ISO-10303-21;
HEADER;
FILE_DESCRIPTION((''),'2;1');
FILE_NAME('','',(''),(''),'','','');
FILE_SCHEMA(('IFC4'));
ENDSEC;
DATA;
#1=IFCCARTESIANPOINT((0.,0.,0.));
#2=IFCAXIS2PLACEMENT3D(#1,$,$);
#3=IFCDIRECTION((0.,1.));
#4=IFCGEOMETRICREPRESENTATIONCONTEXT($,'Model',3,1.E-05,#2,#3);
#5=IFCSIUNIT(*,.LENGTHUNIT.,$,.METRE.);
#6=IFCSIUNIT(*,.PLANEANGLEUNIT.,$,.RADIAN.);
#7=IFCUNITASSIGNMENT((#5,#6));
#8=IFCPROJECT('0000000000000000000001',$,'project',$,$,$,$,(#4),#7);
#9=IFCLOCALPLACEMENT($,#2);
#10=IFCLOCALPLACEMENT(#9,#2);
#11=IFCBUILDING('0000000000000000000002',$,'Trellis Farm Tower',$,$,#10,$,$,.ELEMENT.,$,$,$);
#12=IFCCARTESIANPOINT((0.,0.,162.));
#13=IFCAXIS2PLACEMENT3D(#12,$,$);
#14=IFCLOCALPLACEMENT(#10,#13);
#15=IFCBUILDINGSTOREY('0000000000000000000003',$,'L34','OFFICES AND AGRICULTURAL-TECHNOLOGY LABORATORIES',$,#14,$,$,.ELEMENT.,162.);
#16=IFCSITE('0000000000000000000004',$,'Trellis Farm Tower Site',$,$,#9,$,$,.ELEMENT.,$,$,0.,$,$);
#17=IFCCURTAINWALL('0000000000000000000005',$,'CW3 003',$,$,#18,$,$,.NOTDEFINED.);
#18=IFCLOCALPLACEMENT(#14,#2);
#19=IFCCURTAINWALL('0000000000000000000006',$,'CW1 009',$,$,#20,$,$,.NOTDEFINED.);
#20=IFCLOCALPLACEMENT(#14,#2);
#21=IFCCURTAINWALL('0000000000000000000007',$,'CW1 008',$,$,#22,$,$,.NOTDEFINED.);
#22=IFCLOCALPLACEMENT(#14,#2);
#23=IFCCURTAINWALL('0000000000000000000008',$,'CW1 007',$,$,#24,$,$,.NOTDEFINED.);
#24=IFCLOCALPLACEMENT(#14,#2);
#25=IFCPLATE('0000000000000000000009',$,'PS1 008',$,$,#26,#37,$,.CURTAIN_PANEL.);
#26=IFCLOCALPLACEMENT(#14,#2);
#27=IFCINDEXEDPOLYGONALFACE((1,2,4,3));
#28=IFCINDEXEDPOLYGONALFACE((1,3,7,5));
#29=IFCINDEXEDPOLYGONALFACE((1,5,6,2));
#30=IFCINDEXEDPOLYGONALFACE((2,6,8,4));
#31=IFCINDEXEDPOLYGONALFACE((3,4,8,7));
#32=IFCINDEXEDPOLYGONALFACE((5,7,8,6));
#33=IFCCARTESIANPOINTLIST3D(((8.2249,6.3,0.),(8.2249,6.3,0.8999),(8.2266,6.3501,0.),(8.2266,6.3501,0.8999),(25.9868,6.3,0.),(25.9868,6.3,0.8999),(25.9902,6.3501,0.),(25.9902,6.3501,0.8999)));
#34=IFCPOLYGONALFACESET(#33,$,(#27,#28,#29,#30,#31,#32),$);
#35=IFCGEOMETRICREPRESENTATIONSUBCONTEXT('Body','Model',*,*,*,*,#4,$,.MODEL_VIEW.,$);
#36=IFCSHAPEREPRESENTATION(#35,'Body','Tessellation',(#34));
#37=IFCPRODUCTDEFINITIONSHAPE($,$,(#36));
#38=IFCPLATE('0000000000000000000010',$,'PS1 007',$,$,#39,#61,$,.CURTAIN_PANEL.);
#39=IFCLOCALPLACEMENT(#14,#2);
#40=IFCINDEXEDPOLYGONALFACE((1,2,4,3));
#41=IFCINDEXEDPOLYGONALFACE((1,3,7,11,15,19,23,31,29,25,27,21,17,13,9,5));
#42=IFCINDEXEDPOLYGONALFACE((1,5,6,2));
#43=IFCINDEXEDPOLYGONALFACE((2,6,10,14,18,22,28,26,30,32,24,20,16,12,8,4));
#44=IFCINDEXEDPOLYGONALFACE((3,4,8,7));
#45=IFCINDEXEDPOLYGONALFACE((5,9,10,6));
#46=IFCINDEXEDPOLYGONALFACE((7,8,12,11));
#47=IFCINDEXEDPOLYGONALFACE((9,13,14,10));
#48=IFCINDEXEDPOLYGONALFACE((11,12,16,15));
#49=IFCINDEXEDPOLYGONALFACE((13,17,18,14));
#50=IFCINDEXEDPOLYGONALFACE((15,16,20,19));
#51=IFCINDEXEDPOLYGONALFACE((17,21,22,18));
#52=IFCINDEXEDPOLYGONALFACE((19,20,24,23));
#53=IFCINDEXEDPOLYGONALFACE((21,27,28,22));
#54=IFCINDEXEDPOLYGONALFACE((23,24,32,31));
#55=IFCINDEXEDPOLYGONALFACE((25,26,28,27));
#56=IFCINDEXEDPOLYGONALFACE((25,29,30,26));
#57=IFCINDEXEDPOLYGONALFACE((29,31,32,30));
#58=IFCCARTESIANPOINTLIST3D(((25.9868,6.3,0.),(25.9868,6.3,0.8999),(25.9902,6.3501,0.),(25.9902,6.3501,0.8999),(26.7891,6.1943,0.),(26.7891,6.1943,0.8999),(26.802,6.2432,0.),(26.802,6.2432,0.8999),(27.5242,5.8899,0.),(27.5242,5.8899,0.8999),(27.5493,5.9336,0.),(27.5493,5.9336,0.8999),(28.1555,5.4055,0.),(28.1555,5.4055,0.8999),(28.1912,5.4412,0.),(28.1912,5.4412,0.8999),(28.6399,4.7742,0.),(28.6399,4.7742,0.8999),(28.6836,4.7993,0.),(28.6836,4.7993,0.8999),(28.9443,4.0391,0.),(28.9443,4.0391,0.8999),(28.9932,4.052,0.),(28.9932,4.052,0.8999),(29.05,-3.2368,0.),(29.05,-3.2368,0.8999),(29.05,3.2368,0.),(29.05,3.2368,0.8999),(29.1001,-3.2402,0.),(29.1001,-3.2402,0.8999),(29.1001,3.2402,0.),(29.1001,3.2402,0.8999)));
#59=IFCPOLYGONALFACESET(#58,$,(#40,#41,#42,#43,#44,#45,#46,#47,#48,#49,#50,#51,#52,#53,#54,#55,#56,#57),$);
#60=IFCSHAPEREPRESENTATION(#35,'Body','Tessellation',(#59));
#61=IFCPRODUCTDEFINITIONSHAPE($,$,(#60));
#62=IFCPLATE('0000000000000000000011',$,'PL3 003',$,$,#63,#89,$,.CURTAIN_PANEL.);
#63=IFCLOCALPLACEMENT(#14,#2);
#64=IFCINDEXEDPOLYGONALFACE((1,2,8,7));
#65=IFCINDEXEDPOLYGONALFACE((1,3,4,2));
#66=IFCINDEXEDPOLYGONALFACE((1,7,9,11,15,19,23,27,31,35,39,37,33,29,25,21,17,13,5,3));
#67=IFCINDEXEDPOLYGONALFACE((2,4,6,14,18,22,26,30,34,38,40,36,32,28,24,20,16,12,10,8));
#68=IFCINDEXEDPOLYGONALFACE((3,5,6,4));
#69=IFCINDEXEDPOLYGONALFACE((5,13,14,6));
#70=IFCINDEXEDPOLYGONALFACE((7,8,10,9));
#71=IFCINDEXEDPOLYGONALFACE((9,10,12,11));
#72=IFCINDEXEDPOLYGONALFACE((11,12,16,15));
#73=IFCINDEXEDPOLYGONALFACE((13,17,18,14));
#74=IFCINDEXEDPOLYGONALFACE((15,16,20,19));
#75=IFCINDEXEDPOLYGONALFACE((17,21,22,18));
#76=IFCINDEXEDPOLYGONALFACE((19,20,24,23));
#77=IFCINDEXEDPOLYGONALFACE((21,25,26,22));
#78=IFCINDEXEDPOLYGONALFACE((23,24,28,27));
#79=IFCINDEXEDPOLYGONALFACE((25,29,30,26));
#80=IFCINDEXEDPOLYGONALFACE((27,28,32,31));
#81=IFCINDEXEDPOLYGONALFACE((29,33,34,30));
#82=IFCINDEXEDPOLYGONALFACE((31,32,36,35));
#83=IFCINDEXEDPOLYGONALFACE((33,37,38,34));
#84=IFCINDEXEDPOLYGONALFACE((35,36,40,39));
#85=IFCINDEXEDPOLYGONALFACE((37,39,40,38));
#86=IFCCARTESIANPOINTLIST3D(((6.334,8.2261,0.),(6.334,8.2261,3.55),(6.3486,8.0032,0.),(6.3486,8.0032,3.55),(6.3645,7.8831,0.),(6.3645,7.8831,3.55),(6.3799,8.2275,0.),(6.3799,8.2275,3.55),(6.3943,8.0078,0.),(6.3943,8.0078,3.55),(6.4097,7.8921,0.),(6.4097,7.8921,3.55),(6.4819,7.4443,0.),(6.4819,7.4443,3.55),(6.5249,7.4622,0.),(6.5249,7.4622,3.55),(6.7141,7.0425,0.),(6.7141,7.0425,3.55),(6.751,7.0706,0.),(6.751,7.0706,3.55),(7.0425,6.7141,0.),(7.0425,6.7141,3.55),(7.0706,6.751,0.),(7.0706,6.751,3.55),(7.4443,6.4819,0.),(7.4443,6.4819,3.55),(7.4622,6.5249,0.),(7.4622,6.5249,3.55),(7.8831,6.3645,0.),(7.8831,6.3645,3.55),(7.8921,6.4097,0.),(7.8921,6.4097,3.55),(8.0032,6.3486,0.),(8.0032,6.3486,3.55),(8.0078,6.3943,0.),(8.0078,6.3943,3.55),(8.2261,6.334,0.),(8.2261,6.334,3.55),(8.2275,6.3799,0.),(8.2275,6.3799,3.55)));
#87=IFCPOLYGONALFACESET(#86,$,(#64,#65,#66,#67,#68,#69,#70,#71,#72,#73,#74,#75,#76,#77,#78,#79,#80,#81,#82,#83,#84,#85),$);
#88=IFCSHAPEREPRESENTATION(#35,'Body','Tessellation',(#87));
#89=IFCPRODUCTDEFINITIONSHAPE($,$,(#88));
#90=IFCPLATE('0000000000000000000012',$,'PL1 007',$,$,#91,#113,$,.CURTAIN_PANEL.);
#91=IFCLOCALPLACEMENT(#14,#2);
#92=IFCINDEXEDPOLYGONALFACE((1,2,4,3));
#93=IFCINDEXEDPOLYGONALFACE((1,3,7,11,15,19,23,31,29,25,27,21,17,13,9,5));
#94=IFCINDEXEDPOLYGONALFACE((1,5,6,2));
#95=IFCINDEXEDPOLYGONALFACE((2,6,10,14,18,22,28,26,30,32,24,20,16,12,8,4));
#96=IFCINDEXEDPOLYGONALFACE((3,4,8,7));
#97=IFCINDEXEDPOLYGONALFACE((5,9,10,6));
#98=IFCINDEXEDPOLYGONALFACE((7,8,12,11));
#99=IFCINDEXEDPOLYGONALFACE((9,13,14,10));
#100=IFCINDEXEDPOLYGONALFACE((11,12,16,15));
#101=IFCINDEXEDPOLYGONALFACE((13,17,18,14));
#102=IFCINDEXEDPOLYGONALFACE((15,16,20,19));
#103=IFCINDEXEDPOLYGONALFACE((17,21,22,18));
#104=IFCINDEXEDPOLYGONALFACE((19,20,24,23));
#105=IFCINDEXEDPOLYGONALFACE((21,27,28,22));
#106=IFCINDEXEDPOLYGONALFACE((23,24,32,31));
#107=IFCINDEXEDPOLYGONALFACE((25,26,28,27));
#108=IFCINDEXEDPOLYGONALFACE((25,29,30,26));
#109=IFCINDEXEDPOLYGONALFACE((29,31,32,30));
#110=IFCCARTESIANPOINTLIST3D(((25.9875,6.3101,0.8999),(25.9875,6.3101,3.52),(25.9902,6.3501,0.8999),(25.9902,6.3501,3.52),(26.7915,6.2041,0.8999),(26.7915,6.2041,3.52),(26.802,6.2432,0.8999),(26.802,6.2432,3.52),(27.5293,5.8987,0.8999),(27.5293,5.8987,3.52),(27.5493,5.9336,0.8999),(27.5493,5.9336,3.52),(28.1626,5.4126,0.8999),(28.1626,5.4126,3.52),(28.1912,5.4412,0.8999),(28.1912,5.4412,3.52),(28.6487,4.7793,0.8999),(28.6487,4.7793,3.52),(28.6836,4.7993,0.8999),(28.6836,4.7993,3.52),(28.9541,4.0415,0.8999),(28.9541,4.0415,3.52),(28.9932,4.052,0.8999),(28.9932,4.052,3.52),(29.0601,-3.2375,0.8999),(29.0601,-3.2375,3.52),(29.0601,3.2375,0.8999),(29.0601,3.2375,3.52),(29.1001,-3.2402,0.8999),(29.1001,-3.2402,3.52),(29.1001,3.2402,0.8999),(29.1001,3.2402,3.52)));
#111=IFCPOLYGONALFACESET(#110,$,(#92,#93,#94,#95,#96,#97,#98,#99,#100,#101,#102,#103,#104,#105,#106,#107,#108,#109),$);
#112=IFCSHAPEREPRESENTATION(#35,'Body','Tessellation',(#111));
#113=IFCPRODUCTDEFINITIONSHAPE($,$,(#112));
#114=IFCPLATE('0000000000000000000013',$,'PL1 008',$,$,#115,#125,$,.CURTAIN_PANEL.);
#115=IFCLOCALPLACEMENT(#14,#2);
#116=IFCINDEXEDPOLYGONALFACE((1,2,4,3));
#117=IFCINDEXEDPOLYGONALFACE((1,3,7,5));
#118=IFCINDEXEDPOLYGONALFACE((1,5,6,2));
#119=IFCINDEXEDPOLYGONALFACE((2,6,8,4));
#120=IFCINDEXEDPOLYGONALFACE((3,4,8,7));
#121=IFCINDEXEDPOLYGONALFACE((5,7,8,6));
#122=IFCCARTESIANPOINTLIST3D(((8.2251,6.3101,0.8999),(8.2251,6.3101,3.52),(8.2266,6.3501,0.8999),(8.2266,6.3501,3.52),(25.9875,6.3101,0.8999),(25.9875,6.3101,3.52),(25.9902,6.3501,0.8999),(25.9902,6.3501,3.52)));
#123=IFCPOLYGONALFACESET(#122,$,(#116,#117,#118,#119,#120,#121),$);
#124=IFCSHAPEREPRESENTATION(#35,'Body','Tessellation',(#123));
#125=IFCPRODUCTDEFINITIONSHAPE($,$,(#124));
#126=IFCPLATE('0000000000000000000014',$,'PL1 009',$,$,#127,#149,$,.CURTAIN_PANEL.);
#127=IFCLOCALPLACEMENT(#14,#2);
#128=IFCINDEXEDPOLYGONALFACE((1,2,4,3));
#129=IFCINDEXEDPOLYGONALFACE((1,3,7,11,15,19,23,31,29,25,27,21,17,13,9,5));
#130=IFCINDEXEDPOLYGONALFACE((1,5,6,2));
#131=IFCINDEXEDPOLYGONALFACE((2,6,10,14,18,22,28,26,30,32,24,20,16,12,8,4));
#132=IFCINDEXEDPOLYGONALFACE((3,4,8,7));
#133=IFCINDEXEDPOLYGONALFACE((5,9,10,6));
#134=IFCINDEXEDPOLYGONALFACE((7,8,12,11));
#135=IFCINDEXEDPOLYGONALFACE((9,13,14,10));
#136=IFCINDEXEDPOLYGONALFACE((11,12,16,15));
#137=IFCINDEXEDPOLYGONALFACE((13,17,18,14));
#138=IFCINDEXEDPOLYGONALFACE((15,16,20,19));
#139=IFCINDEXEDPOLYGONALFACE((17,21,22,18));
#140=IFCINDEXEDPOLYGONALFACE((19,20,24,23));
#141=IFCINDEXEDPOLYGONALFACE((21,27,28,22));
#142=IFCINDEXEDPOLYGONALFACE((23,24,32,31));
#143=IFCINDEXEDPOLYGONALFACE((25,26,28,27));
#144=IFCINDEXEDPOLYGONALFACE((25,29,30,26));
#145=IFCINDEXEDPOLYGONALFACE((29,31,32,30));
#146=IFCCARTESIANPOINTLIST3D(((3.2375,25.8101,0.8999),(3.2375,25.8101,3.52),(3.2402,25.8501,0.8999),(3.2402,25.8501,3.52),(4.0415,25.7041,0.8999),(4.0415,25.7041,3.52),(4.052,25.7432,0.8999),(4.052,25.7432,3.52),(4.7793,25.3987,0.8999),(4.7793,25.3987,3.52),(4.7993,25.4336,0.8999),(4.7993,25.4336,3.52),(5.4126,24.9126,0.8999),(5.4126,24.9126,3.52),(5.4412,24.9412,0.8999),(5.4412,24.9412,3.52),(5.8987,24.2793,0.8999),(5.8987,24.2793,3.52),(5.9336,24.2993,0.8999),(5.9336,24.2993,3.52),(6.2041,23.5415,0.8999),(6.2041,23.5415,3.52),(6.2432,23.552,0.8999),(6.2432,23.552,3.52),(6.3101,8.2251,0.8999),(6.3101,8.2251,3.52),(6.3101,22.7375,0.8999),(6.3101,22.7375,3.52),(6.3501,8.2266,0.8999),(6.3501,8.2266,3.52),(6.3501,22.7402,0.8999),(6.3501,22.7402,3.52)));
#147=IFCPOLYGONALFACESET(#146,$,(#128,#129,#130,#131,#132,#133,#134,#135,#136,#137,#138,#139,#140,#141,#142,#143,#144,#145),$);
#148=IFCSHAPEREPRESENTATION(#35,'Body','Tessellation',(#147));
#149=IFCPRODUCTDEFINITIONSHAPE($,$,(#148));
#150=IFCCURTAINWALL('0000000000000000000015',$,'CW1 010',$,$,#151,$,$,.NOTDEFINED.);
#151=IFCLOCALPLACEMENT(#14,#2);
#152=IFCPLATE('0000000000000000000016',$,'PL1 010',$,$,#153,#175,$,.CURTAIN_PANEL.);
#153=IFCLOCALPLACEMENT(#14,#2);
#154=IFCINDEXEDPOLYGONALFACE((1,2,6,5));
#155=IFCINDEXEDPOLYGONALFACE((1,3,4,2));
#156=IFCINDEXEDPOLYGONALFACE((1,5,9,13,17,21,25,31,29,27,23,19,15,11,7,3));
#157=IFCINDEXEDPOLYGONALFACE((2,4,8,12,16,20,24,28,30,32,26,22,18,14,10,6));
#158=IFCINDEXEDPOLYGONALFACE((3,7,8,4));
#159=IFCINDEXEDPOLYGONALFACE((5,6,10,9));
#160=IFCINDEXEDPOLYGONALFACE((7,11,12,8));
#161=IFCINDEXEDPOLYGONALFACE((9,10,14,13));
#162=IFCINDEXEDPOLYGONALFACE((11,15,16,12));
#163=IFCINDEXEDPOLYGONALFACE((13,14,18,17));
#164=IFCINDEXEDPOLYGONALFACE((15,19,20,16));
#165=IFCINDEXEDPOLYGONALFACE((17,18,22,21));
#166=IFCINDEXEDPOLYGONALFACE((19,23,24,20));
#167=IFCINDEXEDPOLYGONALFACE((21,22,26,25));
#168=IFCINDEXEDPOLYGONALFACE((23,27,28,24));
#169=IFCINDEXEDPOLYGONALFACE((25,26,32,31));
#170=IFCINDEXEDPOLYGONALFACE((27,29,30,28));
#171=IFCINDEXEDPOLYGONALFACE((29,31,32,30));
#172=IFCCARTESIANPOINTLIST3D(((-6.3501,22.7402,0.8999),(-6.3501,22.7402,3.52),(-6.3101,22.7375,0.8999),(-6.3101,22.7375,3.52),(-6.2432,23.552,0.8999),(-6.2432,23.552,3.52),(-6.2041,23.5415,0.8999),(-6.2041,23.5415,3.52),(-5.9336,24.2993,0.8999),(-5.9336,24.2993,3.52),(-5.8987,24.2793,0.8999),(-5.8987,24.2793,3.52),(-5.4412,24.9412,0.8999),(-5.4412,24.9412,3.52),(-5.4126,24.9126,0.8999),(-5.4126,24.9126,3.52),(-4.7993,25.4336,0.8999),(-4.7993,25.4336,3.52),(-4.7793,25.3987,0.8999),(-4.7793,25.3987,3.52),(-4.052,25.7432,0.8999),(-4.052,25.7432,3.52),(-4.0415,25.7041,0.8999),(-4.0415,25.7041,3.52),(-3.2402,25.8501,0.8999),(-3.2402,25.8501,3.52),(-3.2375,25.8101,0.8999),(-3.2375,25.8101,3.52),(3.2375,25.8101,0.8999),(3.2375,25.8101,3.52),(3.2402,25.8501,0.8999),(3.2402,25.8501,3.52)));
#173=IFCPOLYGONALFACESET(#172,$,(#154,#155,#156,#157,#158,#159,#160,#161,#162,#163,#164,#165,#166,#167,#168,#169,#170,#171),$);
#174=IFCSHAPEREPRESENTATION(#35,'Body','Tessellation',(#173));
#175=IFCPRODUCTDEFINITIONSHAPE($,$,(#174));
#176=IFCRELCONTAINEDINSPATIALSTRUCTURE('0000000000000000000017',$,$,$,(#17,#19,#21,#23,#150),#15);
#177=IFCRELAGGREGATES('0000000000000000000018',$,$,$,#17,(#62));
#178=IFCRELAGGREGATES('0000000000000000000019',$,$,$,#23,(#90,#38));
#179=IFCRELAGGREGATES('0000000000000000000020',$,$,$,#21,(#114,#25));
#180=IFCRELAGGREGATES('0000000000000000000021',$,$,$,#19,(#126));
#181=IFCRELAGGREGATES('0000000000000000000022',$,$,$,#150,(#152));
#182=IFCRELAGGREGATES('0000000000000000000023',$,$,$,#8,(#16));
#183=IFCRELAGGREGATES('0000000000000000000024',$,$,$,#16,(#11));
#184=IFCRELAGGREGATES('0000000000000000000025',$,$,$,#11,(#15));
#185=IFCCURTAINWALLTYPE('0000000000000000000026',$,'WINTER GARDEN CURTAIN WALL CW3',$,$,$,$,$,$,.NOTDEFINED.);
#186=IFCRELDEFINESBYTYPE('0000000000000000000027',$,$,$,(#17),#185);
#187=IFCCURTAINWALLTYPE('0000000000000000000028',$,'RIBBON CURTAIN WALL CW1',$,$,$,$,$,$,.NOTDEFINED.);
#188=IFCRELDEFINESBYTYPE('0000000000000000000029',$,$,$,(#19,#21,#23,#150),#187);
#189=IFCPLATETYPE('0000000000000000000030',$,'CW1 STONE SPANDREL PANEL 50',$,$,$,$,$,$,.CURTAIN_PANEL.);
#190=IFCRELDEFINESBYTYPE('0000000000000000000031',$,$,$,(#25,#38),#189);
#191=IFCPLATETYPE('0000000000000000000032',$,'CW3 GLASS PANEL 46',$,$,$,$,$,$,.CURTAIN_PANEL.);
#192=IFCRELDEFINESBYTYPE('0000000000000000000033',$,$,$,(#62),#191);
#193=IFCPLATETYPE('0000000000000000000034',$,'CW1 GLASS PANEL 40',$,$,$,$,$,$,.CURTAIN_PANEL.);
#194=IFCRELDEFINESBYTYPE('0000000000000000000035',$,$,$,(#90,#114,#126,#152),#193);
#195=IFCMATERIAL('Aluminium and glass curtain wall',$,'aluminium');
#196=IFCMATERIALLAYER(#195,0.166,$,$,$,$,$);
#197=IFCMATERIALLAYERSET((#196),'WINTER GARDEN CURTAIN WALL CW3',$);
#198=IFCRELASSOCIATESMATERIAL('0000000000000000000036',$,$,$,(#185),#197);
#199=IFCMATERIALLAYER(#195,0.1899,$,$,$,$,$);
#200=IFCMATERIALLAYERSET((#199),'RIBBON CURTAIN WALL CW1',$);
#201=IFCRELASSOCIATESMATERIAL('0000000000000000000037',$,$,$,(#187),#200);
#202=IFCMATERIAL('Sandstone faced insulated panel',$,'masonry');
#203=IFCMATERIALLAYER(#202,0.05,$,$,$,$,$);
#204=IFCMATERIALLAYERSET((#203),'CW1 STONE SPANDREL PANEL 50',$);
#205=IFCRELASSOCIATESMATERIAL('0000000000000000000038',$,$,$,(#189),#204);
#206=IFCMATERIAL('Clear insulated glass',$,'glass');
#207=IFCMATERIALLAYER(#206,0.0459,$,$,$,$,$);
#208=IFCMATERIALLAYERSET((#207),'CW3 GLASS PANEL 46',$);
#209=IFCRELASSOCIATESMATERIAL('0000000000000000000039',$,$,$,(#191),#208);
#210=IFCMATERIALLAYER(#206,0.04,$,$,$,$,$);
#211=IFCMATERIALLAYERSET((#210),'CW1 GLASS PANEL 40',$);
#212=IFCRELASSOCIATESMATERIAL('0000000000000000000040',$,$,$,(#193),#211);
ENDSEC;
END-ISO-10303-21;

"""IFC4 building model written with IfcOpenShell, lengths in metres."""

from ifc_helpers import new_model, si_unit, direction, frame, origin, place, context, subcontext, project, spatial, polyline, outline, extrude, source, transform, mapped, material, layer, layer_set, type_object, element, aggregate, save


model = new_model("IFC4")

# Units and contexts
model_context = context("Model", 3, precision=1e-05, world=origin(), true_north=direction((0.0, 1.0)))
body_context = subcontext(model_context, "Body", "Model", "MODEL_VIEW")
ifc_project = project(units=[si_unit("LENGTHUNIT", "METRE"), si_unit("PLANEANGLEUNIT", "RADIAN")], contexts=[model_context])

# Site, building, storey
site_placement = place(None, origin())
site = spatial("IfcSite", under=ifc_project, at=site_placement, Name="Trellis Farm Tower Site", CompositionType="ELEMENT", RefElevation=0.0)
building_placement = place(site_placement, origin())
building = spatial("IfcBuilding", under=site, at=building_placement, Name="Trellis Farm Tower", CompositionType="ELEMENT")
storey_placement = place(building_placement, frame((0.0, 0.0, 162.0)))
storey = spatial("IfcBuildingStorey", under=building, at=storey_placement, Name="L34", Description="OFFICES AND AGRICULTURAL-TECHNOLOGY LABORATORIES", CompositionType="ELEMENT", Elevation=162.0)

# Curtain walls
ifc_material_1 = material(Name="Aluminium and glass curtain wall", Category="aluminium")
ifc_layer_1 = layer(ifc_material_1, 0.166)
ifc_layer_set_1 = layer_set([ifc_layer_1], Name="WINTER GARDEN CURTAIN WALL CW3")
curtain_wall_type_1 = type_object("IfcCurtainWallType", Name="WINTER GARDEN CURTAIN WALL CW3", PredefinedType="NOTDEFINED", material=ifc_layer_set_1)
placement_1 = place(storey_placement, origin())
curtain_wall_1 = element("IfcCurtainWall", 1, at=placement_1, inside=storey, type_object=curtain_wall_type_1, Name="CW3 003", PredefinedType="NOTDEFINED")
ifc_layer_2 = layer(ifc_material_1, 0.1899)
ifc_layer_set_2 = layer_set([ifc_layer_2], Name="RIBBON CURTAIN WALL CW1")
curtain_wall_type_2 = type_object("IfcCurtainWallType", Name="RIBBON CURTAIN WALL CW1", PredefinedType="NOTDEFINED", material=ifc_layer_set_2)
curtain_wall_2 = element("IfcCurtainWall", 2, at=placement_1, inside=storey, type_object=curtain_wall_type_2, Name="CW1 009", PredefinedType="NOTDEFINED")
curtain_wall_3 = element("IfcCurtainWall", 3, at=placement_1, inside=storey, type_object=curtain_wall_type_2, Name="CW1 008", PredefinedType="NOTDEFINED")
curtain_wall_4 = element("IfcCurtainWall", 4, at=placement_1, inside=storey, type_object=curtain_wall_type_2, Name="CW1 007", PredefinedType="NOTDEFINED")

# Plates
ifc_material_2 = material(Name="Sandstone faced insulated panel", Category="masonry")
ifc_layer_3 = layer(ifc_material_2, 0.05)
ifc_layer_set_3 = layer_set([ifc_layer_3], Name="CW1 STONE SPANDREL PANEL 50")
plate_type_1 = type_object("IfcPlateType", Name="CW1 STONE SPANDREL PANEL 50", PredefinedType="CURTAIN_PANEL", material=ifc_layer_set_3)
shared_shape_1 = source(origin(), body_context, "Body", "SweptSolid", [
    extrude(outline(polyline([(25.9902, 6.3501), (8.2266, 6.3501), (8.2249, 6.3), (25.9868, 6.3), (25.9902, 6.3501)])), origin(), (0.0, 0.0, 1.0), 0.8999),
])
plate_1 = element("IfcPlate", 5, at=placement_1, type_object=plate_type_1, Name="PS1 008", PredefinedType="CURTAIN_PANEL", context=body_context, shape_type="MappedRepresentation", body=[
    mapped(shared_shape_1, transform((0.0, 0.0, 0.0))),
])
shared_shape_2 = source(origin(), body_context, "Body", "SweptSolid", [
    extrude(outline(polyline([(29.1001, -3.2402), (29.1001, 3.2402), (28.9932, 4.052), (28.6836, 4.7993), (28.1912, 5.4412), (27.5493, 5.9336), (26.802, 6.2432), (25.9902, 6.3501), (25.9868, 6.3), (26.7891, 6.1943), (27.5242, 5.8899), (28.1555, 5.4055), (28.6399, 4.7742), (28.9443, 4.0391), (29.05, 3.2368), (29.05, -3.2368), (29.1001, -3.2402)])), origin(), (0.0, 0.0, 1.0), 0.8999),
])
plate_2 = element("IfcPlate", 6, at=placement_1, type_object=plate_type_1, Name="PS1 007", PredefinedType="CURTAIN_PANEL", context=body_context, shape_type="MappedRepresentation", body=[
    mapped(shared_shape_2, transform((0.0, 0.0, 0.0))),
])
ifc_material_3 = material(Name="Clear insulated glass", Category="glass")
ifc_layer_4 = layer(ifc_material_3, 0.0459)
ifc_layer_set_4 = layer_set([ifc_layer_4], Name="CW3 GLASS PANEL 46")
plate_type_2 = type_object("IfcPlateType", Name="CW3 GLASS PANEL 46", PredefinedType="CURTAIN_PANEL", material=ifc_layer_set_4)
shared_shape_3 = source(origin(), body_context, "Body", "SweptSolid", [
    extrude(outline(polyline([(8.2275, 6.3799), (8.0078, 6.3943), (7.8921, 6.4097), (7.4622, 6.5249), (7.0706, 6.751), (6.751, 7.0706), (6.5249, 7.4622), (6.4097, 7.8921), (6.3943, 8.0078), (6.3799, 8.2275), (6.334, 8.2261), (6.3486, 8.0032), (6.3645, 7.8831), (6.4819, 7.4443), (6.7141, 7.0425), (7.0425, 6.7141), (7.4443, 6.4819), (7.8831, 6.3645), (8.0032, 6.3486), (8.2261, 6.334), (8.2275, 6.3799)])), origin(), (0.0, 0.0, 1.0), 3.55),
])
plate_3 = element("IfcPlate", 7, at=placement_1, type_object=plate_type_2, Name="PL3 003", PredefinedType="CURTAIN_PANEL", context=body_context, shape_type="MappedRepresentation", body=[
    mapped(shared_shape_3, transform((0.0, 0.0, 0.0))),
])
aggregate(curtain_wall_1, [plate_3])
ifc_layer_5 = layer(ifc_material_3, 0.04)
ifc_layer_set_5 = layer_set([ifc_layer_5], Name="CW1 GLASS PANEL 40")
plate_type_3 = type_object("IfcPlateType", Name="CW1 GLASS PANEL 40", PredefinedType="CURTAIN_PANEL", material=ifc_layer_set_5)
shared_shape_4 = source(origin(), body_context, "Body", "SweptSolid", [
    extrude(outline(polyline([(29.1001, -3.2402), (29.1001, 3.2402), (28.9932, 4.052), (28.6836, 4.7993), (28.1912, 5.4412), (27.5493, 5.9336), (26.802, 6.2432), (25.9902, 6.3501), (25.9875, 6.3101), (26.7915, 6.2041), (27.5293, 5.8987), (28.1626, 5.4126), (28.6487, 4.7793), (28.9541, 4.0415), (29.0601, 3.2375), (29.0601, -3.2375), (29.1001, -3.2402)])), origin(), (0.0, 0.0, 1.0), 2.6201),
])
placement_2 = place(storey_placement, frame((0.0, 0.0, 0.8999)))
plate_4 = element("IfcPlate", 8, at=placement_2, type_object=plate_type_3, Name="PL1 007", PredefinedType="CURTAIN_PANEL", context=body_context, shape_type="MappedRepresentation", body=[
    mapped(shared_shape_4, transform((0.0, 0.0, 0.0))),
])
aggregate(curtain_wall_4, [plate_4, plate_2])
shared_shape_5 = source(origin(), body_context, "Body", "SweptSolid", [
    extrude(outline(polyline([(25.9902, 6.3501), (8.2266, 6.3501), (8.2251, 6.3101), (25.9875, 6.3101), (25.9902, 6.3501)])), origin(), (0.0, 0.0, 1.0), 2.6201),
])
plate_5 = element("IfcPlate", 9, at=placement_2, type_object=plate_type_3, Name="PL1 008", PredefinedType="CURTAIN_PANEL", context=body_context, shape_type="MappedRepresentation", body=[
    mapped(shared_shape_5, transform((0.0, 0.0, 0.0))),
])
aggregate(curtain_wall_3, [plate_5, plate_1])
shared_shape_6 = source(origin(), body_context, "Body", "SweptSolid", [
    extrude(outline(polyline([(6.3501, 8.2266), (6.3501, 22.7402), (6.2432, 23.552), (5.9336, 24.2993), (5.4412, 24.9412), (4.7993, 25.4336), (4.052, 25.7432), (3.2402, 25.8501), (3.2375, 25.8101), (4.0415, 25.7041), (4.7793, 25.3987), (5.4126, 24.9126), (5.8987, 24.2793), (6.2041, 23.5415), (6.3101, 22.7375), (6.3101, 8.2251), (6.3501, 8.2266)])), origin(), (0.0, 0.0, 1.0), 2.6201),
])
plate_6 = element("IfcPlate", 10, at=placement_2, type_object=plate_type_3, Name="PL1 009", PredefinedType="CURTAIN_PANEL", context=body_context, shape_type="MappedRepresentation", body=[
    mapped(shared_shape_6, transform((0.0, 0.0, 0.0))),
])
aggregate(curtain_wall_2, [plate_6])

# Curtain wall, plate
curtain_wall_5 = element("IfcCurtainWall", 11, at=placement_1, inside=storey, type_object=curtain_wall_type_2, Name="CW1 010", PredefinedType="NOTDEFINED")
shared_shape_7 = source(origin(), body_context, "Body", "SweptSolid", [
    extrude(outline(polyline([(3.2402, 25.8501), (-3.2402, 25.8501), (-4.052, 25.7432), (-4.7993, 25.4336), (-5.4412, 24.9412), (-5.9336, 24.2993), (-6.2432, 23.552), (-6.3501, 22.7402), (-6.3101, 22.7375), (-6.2041, 23.5415), (-5.8987, 24.2793), (-5.4126, 24.9126), (-4.7793, 25.3987), (-4.0415, 25.7041), (-3.2375, 25.8101), (3.2375, 25.8101), (3.2402, 25.8501)])), origin(), (0.0, 0.0, 1.0), 2.6201),
])
plate_7 = element("IfcPlate", 12, at=placement_2, type_object=plate_type_3, Name="PL1 010", PredefinedType="CURTAIN_PANEL", context=body_context, shape_type="MappedRepresentation", body=[
    mapped(shared_shape_7, transform((0.0, 0.0, 0.0))),
])
aggregate(curtain_wall_5, [plate_7])

save(model, "model.ifc")
